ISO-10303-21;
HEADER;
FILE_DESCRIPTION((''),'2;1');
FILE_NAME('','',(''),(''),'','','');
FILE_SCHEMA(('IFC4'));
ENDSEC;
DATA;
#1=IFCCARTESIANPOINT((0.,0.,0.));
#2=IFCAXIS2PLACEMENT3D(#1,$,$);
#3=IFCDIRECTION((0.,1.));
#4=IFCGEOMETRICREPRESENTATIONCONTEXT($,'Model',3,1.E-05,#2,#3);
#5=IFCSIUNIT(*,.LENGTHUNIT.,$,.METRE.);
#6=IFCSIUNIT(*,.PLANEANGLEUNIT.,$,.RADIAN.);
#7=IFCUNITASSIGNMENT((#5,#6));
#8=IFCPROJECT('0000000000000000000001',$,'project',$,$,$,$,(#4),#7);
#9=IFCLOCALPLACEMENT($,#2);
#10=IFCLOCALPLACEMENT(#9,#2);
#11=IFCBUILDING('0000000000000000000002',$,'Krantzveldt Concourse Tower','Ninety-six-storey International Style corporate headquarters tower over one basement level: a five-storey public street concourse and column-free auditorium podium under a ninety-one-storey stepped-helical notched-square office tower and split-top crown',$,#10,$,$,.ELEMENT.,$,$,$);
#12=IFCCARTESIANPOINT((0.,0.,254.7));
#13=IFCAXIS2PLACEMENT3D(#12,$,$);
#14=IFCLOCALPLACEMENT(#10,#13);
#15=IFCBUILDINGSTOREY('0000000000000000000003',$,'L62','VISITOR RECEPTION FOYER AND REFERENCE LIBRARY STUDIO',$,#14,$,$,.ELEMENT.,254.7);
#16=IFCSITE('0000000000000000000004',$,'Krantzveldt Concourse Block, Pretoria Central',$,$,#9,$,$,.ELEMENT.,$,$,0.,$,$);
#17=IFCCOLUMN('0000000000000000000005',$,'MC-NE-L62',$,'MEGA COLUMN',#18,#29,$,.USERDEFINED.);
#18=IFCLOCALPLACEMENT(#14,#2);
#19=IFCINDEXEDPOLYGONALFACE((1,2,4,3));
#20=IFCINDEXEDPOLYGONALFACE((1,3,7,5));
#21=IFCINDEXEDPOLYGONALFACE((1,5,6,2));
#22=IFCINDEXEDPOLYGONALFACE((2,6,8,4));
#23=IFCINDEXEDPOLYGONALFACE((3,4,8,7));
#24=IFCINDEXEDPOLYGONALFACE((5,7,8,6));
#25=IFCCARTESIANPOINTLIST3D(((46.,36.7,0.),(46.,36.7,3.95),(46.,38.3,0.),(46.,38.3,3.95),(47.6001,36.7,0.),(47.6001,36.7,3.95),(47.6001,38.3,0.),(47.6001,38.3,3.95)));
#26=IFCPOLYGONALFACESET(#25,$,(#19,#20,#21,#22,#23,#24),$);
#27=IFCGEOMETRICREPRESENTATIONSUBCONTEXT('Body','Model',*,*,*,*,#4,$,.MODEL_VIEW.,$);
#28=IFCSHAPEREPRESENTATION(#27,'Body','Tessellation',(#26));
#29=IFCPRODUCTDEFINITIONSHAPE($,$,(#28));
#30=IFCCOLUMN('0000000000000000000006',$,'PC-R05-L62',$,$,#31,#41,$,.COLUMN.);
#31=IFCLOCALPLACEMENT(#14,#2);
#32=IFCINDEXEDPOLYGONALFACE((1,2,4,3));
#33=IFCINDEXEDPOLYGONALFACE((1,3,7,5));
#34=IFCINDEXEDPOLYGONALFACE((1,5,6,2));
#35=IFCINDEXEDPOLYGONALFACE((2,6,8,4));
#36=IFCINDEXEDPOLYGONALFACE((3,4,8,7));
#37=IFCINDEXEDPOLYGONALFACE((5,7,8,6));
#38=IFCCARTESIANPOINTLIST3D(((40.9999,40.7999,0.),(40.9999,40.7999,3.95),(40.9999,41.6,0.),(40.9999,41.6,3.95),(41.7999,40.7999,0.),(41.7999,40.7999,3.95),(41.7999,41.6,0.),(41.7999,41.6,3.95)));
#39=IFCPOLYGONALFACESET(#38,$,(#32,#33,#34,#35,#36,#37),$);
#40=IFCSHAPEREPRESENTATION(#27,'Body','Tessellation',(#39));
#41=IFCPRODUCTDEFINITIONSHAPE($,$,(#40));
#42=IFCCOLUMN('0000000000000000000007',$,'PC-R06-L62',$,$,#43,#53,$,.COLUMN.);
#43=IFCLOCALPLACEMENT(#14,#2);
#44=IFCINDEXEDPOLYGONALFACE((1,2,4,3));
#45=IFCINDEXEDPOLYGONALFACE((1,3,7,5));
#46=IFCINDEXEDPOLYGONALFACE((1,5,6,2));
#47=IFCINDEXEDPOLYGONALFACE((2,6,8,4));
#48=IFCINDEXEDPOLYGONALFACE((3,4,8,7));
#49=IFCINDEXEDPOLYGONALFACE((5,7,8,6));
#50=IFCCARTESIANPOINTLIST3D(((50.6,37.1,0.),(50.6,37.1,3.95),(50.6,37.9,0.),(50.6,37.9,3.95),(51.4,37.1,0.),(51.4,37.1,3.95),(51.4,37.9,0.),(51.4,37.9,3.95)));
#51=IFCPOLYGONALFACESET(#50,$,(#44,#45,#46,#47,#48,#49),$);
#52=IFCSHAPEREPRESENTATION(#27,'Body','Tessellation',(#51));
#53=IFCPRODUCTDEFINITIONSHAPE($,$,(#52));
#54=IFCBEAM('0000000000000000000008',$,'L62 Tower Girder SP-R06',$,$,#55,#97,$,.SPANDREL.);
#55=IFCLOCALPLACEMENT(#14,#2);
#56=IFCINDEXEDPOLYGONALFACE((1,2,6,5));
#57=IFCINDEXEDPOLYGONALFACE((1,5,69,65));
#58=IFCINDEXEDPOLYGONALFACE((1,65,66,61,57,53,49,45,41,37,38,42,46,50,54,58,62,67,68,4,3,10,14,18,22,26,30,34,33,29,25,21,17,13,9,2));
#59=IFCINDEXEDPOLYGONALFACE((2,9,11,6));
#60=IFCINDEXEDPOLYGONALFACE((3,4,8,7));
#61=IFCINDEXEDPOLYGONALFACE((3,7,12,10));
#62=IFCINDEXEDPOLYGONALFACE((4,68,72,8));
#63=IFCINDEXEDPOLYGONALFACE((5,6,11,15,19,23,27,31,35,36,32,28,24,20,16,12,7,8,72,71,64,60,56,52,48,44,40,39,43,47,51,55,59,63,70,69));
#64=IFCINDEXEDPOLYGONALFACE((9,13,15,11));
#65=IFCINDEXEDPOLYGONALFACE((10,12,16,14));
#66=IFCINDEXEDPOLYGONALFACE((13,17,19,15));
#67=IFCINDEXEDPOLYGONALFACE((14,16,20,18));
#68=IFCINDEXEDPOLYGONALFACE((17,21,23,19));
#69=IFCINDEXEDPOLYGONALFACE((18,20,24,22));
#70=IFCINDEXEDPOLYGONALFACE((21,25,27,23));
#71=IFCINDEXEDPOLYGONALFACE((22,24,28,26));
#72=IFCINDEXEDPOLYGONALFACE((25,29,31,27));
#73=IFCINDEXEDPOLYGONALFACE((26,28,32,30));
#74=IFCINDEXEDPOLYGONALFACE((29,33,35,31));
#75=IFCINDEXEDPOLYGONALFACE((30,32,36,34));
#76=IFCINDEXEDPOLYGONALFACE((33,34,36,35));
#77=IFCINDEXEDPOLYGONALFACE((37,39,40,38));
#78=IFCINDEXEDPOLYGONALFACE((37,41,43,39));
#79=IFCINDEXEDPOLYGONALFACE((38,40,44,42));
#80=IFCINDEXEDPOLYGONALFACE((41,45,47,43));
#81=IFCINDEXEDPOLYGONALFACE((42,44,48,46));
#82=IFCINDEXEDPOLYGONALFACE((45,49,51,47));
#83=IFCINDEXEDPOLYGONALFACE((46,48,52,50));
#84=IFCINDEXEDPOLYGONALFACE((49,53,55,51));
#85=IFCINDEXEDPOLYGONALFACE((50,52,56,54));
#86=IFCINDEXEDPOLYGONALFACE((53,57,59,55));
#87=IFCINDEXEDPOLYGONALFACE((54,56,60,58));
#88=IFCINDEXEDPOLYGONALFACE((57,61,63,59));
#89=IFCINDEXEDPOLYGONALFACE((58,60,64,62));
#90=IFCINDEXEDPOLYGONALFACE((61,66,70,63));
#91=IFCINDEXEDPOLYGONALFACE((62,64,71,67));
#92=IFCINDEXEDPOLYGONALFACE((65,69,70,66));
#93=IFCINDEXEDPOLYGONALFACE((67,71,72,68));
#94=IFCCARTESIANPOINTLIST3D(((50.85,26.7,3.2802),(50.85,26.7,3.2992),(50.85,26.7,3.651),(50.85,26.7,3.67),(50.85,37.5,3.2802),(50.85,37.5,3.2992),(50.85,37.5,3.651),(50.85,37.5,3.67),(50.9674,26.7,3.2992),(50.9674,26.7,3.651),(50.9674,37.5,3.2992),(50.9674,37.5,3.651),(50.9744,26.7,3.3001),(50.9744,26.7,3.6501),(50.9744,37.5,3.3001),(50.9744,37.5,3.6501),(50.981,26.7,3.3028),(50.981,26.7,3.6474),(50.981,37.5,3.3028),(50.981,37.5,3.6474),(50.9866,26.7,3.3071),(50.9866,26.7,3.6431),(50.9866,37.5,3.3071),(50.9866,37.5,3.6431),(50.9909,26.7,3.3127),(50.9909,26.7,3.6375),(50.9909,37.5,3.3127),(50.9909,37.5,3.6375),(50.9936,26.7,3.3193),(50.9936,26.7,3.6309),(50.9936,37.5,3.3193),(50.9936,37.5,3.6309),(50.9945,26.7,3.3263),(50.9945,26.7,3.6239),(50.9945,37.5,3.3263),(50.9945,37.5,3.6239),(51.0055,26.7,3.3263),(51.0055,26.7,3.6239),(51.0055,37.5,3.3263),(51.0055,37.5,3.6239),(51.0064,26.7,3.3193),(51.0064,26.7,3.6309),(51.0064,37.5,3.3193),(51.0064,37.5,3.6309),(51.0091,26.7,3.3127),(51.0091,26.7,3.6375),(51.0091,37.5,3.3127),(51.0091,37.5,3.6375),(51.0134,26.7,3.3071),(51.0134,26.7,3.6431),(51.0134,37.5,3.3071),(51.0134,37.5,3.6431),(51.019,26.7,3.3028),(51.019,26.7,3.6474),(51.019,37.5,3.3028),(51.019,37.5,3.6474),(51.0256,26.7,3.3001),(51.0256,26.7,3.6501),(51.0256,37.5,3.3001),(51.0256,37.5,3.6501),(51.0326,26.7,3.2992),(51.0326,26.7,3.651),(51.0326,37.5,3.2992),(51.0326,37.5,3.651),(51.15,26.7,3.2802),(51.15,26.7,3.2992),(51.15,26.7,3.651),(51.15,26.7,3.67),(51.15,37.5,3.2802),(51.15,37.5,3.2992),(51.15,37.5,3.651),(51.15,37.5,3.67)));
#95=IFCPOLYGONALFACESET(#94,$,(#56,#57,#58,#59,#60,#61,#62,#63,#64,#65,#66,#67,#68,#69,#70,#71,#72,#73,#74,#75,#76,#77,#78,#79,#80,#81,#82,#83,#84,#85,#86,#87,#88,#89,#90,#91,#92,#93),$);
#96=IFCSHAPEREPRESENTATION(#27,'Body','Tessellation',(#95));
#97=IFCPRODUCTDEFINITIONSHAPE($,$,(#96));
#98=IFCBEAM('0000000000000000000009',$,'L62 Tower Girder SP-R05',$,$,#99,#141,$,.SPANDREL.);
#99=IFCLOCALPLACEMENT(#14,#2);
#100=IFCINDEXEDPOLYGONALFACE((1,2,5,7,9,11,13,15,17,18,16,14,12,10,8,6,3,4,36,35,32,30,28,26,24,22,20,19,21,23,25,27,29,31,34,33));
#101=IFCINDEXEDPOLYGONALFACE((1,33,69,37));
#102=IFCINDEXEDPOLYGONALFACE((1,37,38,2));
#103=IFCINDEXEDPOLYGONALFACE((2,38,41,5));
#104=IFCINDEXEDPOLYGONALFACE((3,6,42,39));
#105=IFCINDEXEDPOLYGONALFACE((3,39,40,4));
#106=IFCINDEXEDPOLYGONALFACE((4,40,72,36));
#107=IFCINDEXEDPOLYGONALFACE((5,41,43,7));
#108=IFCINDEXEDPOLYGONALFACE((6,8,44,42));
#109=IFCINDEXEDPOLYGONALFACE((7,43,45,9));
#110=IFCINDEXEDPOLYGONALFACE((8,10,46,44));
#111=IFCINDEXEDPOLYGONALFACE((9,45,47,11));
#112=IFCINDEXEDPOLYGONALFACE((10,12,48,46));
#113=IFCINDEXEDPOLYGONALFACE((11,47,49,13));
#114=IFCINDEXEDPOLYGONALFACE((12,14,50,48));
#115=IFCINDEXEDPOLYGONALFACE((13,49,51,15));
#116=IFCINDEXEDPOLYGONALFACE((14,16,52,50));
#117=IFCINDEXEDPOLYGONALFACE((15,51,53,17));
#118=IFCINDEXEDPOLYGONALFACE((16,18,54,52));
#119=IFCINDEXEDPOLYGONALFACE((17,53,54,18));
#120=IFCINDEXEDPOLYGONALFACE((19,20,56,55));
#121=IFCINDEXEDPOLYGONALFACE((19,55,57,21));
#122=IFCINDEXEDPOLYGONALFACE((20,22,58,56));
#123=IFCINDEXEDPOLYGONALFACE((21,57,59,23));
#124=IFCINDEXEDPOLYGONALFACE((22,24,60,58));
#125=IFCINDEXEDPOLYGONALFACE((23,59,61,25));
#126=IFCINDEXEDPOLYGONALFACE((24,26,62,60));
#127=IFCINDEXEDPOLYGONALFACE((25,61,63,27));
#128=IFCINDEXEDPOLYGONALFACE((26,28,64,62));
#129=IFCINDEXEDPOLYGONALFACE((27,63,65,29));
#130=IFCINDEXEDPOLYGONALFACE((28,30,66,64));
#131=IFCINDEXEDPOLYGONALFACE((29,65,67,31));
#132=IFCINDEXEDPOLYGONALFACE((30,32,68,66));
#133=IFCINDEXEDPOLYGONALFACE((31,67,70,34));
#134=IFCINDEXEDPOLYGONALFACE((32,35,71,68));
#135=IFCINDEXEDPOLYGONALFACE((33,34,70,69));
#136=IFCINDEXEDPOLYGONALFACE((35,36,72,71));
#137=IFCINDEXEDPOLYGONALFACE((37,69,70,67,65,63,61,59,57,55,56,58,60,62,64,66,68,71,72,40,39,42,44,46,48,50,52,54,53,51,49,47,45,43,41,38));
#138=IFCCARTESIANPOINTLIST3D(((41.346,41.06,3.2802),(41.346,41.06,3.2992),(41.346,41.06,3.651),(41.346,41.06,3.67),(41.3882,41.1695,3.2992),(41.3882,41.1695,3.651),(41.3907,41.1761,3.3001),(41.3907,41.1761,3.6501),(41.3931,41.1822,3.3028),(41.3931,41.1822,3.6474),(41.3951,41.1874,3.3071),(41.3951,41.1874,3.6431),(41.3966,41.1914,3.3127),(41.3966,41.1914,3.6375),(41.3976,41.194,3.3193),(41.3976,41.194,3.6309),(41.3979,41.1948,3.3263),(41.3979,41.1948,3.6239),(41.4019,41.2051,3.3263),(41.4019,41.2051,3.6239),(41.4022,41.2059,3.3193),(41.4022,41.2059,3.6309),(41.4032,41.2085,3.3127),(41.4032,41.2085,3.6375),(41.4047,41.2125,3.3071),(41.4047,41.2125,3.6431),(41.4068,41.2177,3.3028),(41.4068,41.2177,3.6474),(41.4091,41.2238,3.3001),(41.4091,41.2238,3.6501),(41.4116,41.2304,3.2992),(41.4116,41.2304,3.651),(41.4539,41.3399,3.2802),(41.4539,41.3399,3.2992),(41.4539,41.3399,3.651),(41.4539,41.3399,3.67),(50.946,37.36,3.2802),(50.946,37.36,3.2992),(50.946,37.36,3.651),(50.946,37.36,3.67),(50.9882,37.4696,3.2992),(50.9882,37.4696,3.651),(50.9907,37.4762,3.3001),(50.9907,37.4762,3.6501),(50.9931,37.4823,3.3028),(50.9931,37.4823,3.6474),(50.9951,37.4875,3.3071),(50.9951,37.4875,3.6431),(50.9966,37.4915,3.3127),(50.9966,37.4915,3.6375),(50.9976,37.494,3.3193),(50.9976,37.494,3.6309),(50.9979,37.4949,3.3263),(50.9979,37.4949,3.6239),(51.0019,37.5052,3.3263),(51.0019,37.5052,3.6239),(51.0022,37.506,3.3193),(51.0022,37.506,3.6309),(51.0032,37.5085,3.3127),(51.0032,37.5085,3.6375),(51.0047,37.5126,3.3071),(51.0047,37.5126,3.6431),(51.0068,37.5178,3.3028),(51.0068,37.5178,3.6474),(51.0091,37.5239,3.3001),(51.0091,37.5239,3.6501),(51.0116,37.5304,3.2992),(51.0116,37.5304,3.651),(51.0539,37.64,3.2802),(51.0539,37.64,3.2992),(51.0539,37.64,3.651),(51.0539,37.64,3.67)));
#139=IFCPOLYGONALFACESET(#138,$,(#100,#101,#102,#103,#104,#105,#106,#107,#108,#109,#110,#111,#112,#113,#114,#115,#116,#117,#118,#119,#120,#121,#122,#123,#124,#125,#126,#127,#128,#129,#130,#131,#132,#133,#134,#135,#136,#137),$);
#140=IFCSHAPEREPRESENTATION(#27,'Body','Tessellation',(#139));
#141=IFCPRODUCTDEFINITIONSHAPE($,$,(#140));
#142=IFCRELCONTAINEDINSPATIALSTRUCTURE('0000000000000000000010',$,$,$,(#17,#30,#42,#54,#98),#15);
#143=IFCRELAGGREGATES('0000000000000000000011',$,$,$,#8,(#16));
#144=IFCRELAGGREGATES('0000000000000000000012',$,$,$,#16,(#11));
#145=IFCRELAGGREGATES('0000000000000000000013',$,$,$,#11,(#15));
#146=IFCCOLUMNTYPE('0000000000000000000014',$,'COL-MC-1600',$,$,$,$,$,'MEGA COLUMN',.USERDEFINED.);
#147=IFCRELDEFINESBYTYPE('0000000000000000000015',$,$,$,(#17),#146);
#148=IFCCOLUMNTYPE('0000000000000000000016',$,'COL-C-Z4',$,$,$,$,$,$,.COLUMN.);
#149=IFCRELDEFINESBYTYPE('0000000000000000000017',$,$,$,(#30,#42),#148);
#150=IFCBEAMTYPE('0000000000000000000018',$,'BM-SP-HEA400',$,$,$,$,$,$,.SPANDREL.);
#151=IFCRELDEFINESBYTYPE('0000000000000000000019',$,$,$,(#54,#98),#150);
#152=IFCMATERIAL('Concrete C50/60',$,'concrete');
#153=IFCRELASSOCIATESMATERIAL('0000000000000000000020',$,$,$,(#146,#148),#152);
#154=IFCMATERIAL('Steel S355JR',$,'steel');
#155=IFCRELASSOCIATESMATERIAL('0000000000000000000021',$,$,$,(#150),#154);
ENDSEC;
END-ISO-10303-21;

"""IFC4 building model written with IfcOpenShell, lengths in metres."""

from ifc_helpers import new_model, si_unit, direction, frame, origin, origin_2d, place, context, subcontext, project, spatial, rectangle, i_section, extrude, source, transform, mapped, material, material_profile, profile_set, type_object, type_shapes, element, save


model = new_model("IFC4")

# Units and contexts
model_context = context("Model", 3, precision=1e-05, world=origin(), true_north=direction((0.0, 1.0)))
body_context = subcontext(model_context, "Body", "Model", "MODEL_VIEW")
ifc_project = project(units=[si_unit("LENGTHUNIT", "METRE"), si_unit("PLANEANGLEUNIT", "RADIAN")], contexts=[model_context])

# Site, building, storey
site_placement = place(None, origin())
site = spatial("IfcSite", under=ifc_project, at=site_placement, Name="Krantzveldt Concourse Block, Pretoria Central", CompositionType="ELEMENT", RefElevation=0.0)
building_placement = place(site_placement, origin())
building = spatial("IfcBuilding", under=site, at=building_placement, Name="Krantzveldt Concourse Tower", Description="Ninety-six-storey International Style corporate headquarters tower over one basement level: a five-storey public street concourse and column-free auditorium podium under a ninety-one-storey stepped-helical notched-square office tower and split-top crown", CompositionType="ELEMENT")
storey_placement = place(building_placement, frame((0.0, 0.0, 254.7)))
storey = spatial("IfcBuildingStorey", under=building, at=storey_placement, Name="L62", Description="VISITOR RECEPTION FOYER AND REFERENCE LIBRARY STUDIO", CompositionType="ELEMENT", Elevation=254.7)

# Columns
ifc_material_1 = material(Name="Concrete C50/60", Category="concrete")
ifc_material_profile_1 = material_profile(ifc_material_1, rectangle(XDim=1.6001, YDim=1.6001, at=origin_2d()), Name="Concrete C50/60", Category="concrete")
ifc_profile_set_1 = profile_set([ifc_material_profile_1], Name="Concrete C50/60 - RC 1600x1600")
column_type_1 = type_object("IfcColumnType", Name="COL-MC-1600", ElementType="MEGA COLUMN", PredefinedType="USERDEFINED", material=ifc_profile_set_1)
shared_shape_1 = source(origin(), body_context, "Body", "SweptSolid", [
    extrude(rectangle(XDim=1.6001, YDim=1.6001, at=origin_2d()), origin(), (0.0, 0.0, 1.0), 3.95),
])
type_shapes(column_type_1, [shared_shape_1])
column_placement = place(storey_placement, frame((46.8, 37.5, 0.0), z_axis=(0.0, 0.0, 1.0), x_axis=(1.0, 0.0, 0.0)))
element("IfcColumn", 1, at=column_placement, inside=storey, type_object=column_type_1, Name="MC-NE-L62", ObjectType="MEGA COLUMN", PredefinedType="USERDEFINED", context=body_context, shape_type="MappedRepresentation", body=[
    mapped(shared_shape_1, transform((0.0, 0.0, 0.0), x_axis=(1.0, 0.0, 0.0), y_axis=(0.0, 1.0, 0.0), z_axis=(0.0, 0.0, 1.0), scale=1.0)),
])
ifc_material_profile_2 = material_profile(ifc_material_1, rectangle(XDim=0.8, YDim=0.8, at=origin_2d()), Name="Concrete C50/60", Category="concrete")
ifc_profile_set_2 = profile_set([ifc_material_profile_2], Name="Concrete C50/60 - RC 800x800")
column_type_2 = type_object("IfcColumnType", Name="COL-C-Z4", PredefinedType="COLUMN", material=ifc_profile_set_2)
shared_shape_2 = source(origin(), body_context, "Body", "SweptSolid", [
    extrude(rectangle(XDim=0.8, YDim=0.8, at=origin_2d()), origin(), (0.0, 0.0, 1.0), 3.95),
])
type_shapes(column_type_2, [shared_shape_2])
for number, where, z_axis, x_axis, name in (
    (2, (41.3999, 41.2, 0.0), (0.0, 0.0, 1.0), (1.0, 0.0, 0.0), "PC-R05-L62"),
    (3, (51.0, 37.5, 0.0), (0.0, 0.0, 1.0), (1.0, 0.0, 0.0), "PC-R06-L62"),
):
    element("IfcColumn", number, at=place(storey_placement, frame(where, z_axis=z_axis, x_axis=x_axis)), inside=storey, type_object=column_type_2, Name=name, PredefinedType="COLUMN", context=body_context, shape_type="MappedRepresentation", body=[
        mapped(shared_shape_2, transform((0.0, 0.0, 0.0), x_axis=(1.0, 0.0, 0.0), y_axis=(0.0, 1.0, 0.0), z_axis=(0.0, 0.0, 1.0), scale=1.0)),
    ])

# Beams
ifc_material_2 = material(Name="Steel S355JR", Category="steel")
ifc_material_profile_3 = material_profile(ifc_material_2, i_section(OverallWidth=0.3, OverallDepth=0.3899, WebThickness=0.011, FlangeThickness=0.019, FilletRadius=0.0271, at=origin_2d()), Name="Steel S355JR", Category="steel")
ifc_profile_set_3 = profile_set([ifc_material_profile_3], Name="Steel S355JR - HEA 400")
beam_type_1 = type_object("IfcBeamType", Name="BM-SP-HEA400", PredefinedType="SPANDREL", material=ifc_profile_set_3)
shared_shape_3 = source(origin(), body_context, "Body", "SweptSolid", [
    extrude(i_section(OverallWidth=0.3, OverallDepth=0.3899, WebThickness=0.011, FlangeThickness=0.019, FilletRadius=0.0271, at=origin_2d()), origin(), (0.0, 0.0, 1.0), 10.8),
])
beam_1_placement = place(storey_placement, frame((51.0, 37.5, 3.4751), z_axis=(0.0, -1.0, 0.0), x_axis=(1.0, 0.0, 0.0)))
element("IfcBeam", 4, at=beam_1_placement, inside=storey, type_object=beam_type_1, Name="L62 Tower Girder SP-R06", PredefinedType="SPANDREL", context=body_context, shape_type="MappedRepresentation", body=[
    mapped(shared_shape_3, transform((0.0, 0.0, 0.0), x_axis=(1.0, 0.0, 0.0), y_axis=(0.0, 1.0, 0.0), z_axis=(0.0, 0.0, 1.0), scale=1.0)),
])
shared_shape_4 = source(origin(), body_context, "Body", "SweptSolid", [
    extrude(i_section(OverallWidth=0.3, OverallDepth=0.3899, WebThickness=0.011, FlangeThickness=0.019, FilletRadius=0.0271, at=origin_2d()), origin(), (0.0, 0.0, 1.0), 10.2883),
])
type_shapes(beam_type_1, [shared_shape_3, shared_shape_4])
beam_2_placement = place(storey_placement, frame((41.3999, 41.2, 3.4751), z_axis=(0.933098, -0.359623, 0.0), x_axis=(0.359623, 0.933098, 0.0)))
element("IfcBeam", 5, at=beam_2_placement, inside=storey, type_object=beam_type_1, Name="L62 Tower Girder SP-R05", PredefinedType="SPANDREL", context=body_context, shape_type="MappedRepresentation", body=[
    mapped(shared_shape_4, transform((0.0, 0.0, 0.0), x_axis=(1.0, 0.0, 0.0), y_axis=(0.0, 1.0, 0.0), z_axis=(0.0, 0.0, 1.0), scale=1.0)),
])

save(model, "model.ifc")
